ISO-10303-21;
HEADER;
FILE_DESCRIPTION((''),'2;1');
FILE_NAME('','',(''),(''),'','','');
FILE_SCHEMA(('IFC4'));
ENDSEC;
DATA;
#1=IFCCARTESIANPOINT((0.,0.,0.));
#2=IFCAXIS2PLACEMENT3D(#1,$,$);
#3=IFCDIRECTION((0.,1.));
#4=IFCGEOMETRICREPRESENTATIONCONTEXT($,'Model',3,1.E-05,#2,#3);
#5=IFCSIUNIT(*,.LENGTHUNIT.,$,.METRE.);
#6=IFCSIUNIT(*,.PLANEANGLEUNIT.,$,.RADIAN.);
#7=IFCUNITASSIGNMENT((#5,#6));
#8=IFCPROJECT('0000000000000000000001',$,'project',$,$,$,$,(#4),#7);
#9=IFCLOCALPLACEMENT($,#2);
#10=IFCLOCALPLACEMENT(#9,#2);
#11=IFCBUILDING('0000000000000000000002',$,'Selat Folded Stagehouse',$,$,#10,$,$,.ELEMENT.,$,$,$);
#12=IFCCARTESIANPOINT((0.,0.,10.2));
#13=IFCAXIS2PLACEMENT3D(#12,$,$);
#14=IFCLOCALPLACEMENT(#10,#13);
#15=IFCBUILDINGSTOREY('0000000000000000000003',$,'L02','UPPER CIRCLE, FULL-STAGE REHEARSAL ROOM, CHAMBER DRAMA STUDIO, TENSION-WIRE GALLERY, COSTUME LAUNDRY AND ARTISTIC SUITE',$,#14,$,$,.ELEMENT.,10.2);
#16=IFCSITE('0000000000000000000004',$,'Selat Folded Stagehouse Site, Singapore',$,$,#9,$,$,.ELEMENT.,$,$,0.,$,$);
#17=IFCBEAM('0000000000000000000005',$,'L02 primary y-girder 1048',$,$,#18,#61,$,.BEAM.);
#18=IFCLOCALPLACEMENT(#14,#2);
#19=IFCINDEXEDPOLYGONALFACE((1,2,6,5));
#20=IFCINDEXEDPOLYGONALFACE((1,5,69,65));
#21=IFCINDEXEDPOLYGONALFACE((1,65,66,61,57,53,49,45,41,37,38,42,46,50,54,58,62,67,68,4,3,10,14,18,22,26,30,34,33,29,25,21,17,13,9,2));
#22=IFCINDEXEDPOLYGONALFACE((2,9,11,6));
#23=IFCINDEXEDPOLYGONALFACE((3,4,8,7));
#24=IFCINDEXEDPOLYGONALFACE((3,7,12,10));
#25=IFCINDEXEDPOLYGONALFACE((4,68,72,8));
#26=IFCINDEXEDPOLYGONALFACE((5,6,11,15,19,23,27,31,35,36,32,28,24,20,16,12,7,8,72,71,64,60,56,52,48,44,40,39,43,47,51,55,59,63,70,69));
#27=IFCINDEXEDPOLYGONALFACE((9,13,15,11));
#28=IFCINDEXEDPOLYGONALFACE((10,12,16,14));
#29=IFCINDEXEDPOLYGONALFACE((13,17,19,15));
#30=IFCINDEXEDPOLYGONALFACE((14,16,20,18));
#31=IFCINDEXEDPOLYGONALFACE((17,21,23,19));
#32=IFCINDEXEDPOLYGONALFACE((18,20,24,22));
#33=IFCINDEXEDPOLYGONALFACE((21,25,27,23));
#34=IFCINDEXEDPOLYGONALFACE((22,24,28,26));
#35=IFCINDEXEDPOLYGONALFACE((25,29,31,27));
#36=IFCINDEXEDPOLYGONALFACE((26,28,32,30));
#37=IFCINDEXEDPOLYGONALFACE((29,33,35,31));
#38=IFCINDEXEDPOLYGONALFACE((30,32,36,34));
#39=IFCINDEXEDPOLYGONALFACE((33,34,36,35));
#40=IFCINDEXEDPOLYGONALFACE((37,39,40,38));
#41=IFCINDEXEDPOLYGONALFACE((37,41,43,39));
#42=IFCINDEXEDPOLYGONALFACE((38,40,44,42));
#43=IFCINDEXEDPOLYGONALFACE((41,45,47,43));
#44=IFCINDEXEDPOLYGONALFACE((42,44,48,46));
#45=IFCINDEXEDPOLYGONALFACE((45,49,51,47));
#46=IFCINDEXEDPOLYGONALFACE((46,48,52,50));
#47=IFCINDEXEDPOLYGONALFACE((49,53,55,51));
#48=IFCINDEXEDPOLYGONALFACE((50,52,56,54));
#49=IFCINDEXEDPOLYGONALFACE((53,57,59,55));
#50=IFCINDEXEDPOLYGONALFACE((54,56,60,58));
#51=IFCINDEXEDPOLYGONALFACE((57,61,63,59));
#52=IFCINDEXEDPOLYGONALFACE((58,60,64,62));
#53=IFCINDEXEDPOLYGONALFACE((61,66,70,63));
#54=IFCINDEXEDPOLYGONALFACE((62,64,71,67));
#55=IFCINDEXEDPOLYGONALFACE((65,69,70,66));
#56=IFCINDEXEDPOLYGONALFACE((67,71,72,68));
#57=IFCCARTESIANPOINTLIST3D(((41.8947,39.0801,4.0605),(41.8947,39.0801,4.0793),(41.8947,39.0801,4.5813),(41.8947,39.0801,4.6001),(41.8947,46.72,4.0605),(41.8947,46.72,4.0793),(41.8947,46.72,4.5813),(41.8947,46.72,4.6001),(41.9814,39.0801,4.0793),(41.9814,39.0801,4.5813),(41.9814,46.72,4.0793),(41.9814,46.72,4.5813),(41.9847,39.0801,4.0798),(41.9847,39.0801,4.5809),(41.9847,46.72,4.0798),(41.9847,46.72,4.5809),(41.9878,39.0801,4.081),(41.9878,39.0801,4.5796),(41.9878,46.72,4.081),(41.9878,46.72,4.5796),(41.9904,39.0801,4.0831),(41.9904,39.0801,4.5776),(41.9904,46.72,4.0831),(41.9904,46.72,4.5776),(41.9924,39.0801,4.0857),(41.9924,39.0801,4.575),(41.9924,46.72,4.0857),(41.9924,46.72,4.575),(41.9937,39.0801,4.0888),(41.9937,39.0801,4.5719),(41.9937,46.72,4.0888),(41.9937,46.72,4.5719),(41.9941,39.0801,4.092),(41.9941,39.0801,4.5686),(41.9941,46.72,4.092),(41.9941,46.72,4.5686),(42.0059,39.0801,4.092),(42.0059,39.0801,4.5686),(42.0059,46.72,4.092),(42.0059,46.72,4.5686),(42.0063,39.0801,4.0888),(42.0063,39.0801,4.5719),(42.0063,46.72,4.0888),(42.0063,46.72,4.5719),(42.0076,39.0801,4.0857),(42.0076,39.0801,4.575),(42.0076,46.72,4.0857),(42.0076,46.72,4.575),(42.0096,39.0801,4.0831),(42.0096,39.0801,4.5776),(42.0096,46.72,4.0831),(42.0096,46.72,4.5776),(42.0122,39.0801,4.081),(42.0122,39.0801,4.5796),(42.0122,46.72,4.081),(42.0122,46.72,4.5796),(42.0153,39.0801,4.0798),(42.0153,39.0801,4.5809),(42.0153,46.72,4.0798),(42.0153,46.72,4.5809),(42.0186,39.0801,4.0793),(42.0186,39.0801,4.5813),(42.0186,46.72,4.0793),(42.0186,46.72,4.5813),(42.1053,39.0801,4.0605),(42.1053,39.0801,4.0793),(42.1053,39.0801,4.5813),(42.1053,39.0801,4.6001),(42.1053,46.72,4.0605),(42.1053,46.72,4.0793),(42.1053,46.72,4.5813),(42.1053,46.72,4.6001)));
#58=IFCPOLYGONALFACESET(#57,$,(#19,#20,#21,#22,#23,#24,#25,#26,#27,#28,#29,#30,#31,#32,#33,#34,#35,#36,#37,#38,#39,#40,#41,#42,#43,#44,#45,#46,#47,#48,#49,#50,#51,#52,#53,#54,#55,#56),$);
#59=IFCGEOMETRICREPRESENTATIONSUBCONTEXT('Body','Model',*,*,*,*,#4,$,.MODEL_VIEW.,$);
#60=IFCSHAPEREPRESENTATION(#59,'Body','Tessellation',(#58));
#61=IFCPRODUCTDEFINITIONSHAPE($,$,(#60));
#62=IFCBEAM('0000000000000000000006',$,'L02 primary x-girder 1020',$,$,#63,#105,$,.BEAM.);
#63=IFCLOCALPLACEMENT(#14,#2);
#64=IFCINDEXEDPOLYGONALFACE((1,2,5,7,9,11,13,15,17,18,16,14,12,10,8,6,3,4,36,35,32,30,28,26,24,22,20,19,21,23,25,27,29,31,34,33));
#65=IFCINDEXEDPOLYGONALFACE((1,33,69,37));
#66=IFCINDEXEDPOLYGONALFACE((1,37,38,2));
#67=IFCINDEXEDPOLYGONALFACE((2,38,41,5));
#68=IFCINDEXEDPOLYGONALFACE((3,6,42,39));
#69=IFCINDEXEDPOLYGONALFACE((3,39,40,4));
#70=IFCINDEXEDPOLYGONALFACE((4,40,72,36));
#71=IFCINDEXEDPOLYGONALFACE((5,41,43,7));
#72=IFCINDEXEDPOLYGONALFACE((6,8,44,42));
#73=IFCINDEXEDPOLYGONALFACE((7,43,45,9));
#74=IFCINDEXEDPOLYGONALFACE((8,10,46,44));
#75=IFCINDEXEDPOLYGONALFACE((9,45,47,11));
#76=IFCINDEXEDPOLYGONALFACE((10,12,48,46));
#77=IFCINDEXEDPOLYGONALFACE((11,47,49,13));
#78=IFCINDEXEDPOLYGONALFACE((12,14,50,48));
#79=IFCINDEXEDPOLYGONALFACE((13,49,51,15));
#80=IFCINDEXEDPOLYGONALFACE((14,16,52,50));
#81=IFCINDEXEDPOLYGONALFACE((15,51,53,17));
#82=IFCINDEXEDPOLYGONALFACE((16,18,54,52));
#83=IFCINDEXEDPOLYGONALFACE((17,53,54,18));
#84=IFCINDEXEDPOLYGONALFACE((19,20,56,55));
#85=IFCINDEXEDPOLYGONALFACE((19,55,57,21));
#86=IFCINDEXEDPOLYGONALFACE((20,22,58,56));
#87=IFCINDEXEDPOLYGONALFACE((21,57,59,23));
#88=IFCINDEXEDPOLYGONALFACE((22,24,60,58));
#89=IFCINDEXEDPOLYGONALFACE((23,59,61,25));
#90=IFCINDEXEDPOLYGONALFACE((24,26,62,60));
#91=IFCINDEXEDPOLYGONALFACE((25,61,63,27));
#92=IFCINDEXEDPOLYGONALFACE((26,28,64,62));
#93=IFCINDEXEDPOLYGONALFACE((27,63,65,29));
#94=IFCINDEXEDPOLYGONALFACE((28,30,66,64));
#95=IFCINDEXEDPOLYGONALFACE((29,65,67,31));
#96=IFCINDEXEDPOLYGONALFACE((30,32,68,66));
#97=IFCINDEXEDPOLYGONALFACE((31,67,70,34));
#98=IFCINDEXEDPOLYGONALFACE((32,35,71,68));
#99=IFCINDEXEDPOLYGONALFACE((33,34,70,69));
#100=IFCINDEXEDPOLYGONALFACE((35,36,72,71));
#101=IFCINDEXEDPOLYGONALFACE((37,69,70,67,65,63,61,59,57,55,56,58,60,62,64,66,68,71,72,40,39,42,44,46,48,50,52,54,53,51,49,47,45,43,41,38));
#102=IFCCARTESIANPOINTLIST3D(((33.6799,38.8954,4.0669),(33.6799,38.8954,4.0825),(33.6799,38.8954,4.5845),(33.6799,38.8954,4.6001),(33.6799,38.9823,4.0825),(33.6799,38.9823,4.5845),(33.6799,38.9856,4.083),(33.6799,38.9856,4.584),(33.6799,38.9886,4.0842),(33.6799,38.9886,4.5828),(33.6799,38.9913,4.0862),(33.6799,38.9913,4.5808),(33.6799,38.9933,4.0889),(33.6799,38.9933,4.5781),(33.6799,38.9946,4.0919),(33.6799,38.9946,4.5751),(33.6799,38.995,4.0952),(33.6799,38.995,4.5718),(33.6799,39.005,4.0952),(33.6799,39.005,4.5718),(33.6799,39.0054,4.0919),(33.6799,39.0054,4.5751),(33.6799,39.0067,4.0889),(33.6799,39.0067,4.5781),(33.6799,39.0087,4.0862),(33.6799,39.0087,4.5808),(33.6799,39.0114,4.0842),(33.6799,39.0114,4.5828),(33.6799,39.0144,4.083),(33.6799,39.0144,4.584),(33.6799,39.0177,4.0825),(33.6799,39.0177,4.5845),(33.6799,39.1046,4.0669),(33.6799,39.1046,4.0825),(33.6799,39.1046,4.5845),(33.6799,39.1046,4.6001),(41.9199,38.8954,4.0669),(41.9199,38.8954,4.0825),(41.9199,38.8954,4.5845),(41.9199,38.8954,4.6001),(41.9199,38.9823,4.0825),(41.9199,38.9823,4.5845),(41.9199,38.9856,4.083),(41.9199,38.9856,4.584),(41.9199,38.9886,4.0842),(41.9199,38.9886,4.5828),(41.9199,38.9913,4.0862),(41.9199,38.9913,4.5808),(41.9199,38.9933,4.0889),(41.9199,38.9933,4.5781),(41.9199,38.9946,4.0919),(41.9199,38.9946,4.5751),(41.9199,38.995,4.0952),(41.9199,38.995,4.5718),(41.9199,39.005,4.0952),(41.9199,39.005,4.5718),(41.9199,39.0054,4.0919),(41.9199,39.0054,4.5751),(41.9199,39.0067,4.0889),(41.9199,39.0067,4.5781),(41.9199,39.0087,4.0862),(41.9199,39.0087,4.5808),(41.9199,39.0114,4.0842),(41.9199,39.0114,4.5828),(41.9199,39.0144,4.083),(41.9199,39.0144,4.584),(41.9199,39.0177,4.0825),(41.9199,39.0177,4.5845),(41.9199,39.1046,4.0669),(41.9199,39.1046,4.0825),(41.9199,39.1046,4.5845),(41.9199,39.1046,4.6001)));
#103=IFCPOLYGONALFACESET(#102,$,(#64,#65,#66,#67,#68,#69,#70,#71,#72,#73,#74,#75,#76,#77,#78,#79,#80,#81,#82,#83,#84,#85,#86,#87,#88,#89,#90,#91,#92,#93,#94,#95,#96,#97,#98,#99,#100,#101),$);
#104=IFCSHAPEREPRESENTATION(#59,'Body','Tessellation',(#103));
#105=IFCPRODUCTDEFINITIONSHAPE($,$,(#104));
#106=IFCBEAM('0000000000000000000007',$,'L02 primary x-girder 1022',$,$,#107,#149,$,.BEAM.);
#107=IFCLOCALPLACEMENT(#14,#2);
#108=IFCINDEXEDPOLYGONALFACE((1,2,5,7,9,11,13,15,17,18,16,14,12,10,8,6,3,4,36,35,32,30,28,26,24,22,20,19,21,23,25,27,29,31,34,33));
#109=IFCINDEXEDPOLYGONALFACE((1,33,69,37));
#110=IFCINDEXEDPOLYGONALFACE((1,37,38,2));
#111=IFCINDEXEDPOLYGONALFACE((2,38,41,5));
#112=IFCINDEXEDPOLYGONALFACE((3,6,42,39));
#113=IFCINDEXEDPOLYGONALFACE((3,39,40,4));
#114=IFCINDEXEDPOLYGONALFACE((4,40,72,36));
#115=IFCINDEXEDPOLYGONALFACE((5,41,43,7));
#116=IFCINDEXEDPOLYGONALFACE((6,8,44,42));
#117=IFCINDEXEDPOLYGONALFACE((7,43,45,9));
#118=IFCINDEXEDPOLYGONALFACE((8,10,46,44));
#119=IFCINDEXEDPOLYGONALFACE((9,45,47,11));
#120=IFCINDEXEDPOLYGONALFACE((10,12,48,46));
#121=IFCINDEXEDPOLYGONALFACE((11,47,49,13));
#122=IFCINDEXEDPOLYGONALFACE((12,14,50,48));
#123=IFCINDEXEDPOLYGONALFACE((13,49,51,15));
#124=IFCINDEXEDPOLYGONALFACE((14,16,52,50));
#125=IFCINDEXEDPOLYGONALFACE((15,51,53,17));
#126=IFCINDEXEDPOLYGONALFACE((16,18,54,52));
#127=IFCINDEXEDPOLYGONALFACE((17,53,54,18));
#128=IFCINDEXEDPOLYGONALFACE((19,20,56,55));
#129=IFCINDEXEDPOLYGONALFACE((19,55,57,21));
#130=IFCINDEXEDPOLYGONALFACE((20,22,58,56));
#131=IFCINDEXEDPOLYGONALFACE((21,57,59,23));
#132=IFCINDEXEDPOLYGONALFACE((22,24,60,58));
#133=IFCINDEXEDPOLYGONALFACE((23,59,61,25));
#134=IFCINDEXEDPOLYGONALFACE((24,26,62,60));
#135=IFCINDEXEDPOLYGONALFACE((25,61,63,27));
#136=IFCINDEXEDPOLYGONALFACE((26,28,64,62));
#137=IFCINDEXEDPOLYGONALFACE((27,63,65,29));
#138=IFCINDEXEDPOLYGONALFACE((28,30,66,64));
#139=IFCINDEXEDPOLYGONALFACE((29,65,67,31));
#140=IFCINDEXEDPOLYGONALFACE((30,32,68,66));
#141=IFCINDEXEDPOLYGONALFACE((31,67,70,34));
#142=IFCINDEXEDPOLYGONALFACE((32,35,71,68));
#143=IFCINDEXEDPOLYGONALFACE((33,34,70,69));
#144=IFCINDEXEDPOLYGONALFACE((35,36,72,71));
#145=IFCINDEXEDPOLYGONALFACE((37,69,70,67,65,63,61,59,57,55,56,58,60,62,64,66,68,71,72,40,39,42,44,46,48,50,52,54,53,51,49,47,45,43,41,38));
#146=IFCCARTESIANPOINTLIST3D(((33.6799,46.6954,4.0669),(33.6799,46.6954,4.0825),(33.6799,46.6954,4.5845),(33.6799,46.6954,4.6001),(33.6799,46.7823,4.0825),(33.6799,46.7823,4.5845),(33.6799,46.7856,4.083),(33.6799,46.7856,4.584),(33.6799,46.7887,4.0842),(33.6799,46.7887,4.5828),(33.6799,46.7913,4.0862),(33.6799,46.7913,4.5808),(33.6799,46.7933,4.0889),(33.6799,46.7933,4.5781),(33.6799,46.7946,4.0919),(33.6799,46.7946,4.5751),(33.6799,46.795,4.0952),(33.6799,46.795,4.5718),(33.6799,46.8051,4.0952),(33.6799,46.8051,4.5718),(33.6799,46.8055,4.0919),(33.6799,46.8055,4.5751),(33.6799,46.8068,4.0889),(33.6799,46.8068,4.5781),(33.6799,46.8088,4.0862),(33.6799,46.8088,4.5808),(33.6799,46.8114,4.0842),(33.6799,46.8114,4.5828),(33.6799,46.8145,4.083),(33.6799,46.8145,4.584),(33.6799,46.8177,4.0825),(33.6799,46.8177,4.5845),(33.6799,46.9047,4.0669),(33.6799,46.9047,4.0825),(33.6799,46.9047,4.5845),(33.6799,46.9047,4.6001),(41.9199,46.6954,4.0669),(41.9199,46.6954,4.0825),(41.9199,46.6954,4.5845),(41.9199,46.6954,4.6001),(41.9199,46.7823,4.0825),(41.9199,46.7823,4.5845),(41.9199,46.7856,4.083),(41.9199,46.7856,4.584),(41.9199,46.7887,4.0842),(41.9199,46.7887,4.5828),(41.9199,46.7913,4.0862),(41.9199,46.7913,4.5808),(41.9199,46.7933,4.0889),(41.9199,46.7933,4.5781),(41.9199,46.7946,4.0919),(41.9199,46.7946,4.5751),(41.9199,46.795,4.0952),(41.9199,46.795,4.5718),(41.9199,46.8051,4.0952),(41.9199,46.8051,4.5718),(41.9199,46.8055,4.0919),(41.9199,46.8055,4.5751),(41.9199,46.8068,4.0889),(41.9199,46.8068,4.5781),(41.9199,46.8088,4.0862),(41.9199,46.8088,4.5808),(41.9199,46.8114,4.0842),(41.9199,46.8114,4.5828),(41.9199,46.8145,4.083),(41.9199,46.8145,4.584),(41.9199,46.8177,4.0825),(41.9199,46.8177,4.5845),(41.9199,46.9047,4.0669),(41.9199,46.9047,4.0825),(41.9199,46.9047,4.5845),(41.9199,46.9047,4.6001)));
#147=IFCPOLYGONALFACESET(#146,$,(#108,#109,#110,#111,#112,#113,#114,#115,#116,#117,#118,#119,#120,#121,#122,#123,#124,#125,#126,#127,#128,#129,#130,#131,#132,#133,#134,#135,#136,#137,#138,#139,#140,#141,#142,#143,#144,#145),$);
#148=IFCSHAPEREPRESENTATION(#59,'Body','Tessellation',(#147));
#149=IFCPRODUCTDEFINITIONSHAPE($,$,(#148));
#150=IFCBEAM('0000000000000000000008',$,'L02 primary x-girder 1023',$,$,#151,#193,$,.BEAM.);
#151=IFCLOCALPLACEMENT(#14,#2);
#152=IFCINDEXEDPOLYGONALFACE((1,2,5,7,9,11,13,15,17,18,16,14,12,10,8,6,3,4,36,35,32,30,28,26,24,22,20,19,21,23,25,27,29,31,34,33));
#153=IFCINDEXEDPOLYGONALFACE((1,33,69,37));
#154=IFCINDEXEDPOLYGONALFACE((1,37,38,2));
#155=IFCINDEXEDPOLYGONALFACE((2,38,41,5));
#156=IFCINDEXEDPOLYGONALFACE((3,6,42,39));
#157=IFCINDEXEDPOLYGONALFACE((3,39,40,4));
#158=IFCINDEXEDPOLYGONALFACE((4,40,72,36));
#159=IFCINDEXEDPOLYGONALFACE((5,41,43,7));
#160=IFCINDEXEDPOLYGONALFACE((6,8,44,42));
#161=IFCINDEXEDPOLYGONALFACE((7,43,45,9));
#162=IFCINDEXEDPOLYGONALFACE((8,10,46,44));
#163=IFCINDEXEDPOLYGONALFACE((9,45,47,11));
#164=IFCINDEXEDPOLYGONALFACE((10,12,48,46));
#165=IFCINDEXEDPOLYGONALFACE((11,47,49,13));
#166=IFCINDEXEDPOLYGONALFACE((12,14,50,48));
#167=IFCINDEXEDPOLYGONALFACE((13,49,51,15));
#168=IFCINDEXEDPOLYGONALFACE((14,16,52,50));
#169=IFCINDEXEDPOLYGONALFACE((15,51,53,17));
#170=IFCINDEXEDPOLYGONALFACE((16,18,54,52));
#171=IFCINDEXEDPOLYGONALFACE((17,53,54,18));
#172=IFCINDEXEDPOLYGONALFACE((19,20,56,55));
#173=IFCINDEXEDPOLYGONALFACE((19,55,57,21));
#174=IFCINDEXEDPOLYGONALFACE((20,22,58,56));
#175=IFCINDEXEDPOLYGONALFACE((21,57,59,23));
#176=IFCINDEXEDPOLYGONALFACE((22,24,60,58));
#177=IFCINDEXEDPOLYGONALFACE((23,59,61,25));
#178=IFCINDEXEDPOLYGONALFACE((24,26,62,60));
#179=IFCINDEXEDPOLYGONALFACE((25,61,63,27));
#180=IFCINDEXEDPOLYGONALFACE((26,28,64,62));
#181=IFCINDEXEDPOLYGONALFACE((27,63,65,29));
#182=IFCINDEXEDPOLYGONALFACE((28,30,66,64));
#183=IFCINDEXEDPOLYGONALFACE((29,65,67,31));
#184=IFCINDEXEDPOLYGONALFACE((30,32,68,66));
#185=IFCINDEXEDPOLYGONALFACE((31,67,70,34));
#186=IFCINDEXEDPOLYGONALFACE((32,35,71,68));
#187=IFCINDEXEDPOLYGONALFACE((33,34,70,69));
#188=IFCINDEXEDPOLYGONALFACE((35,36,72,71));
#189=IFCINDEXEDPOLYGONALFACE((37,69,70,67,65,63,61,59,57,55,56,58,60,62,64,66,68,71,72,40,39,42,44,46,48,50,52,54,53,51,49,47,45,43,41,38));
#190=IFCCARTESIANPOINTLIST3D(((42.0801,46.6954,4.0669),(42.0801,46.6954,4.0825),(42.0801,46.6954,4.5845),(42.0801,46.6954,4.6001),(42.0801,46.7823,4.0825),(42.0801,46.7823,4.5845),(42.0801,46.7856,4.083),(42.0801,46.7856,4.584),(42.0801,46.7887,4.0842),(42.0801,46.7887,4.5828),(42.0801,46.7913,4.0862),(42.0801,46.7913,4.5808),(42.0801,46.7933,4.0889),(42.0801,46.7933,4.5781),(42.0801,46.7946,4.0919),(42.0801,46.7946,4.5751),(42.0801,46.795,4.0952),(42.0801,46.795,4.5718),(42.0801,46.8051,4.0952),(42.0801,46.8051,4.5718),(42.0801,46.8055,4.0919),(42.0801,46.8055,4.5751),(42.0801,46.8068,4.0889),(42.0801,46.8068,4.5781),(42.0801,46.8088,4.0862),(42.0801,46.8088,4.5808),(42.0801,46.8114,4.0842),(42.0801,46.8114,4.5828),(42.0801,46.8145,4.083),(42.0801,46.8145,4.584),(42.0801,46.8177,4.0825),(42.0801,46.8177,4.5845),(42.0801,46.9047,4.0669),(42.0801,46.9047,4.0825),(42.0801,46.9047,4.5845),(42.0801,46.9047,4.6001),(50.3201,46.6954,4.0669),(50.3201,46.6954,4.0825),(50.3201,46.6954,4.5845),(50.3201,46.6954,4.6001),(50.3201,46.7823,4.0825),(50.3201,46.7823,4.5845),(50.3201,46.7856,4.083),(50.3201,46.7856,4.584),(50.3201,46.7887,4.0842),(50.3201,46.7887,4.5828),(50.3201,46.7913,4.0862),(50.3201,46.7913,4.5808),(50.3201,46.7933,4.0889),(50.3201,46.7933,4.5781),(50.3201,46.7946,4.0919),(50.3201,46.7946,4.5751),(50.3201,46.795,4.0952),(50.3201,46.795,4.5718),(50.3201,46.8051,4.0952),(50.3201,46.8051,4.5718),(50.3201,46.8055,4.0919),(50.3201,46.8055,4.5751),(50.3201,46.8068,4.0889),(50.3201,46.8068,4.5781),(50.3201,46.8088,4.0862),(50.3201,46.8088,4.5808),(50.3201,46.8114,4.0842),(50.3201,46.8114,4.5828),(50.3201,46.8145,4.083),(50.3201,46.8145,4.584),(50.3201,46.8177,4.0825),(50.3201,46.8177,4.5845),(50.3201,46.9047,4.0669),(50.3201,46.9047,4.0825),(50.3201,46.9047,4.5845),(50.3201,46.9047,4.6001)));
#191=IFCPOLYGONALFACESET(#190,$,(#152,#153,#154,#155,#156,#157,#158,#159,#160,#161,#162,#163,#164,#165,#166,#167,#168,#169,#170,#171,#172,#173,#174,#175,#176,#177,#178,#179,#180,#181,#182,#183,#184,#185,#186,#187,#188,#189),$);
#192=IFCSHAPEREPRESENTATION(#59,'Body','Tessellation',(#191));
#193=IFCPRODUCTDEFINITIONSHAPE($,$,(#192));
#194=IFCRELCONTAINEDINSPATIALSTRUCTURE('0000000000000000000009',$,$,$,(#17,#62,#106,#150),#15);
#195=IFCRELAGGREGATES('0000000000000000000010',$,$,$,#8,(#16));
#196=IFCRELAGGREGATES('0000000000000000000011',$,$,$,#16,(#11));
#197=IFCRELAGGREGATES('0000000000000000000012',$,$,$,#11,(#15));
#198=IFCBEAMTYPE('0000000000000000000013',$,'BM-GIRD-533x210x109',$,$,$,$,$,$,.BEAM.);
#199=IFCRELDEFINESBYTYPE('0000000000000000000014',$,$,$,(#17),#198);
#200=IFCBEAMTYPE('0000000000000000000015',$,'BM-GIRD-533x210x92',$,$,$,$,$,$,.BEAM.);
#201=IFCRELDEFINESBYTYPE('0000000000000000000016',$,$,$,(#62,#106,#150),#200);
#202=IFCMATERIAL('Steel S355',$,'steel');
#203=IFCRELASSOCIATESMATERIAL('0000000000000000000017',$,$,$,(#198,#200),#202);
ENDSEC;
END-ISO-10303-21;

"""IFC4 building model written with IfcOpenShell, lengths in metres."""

from ifc_helpers import new_model, si_unit, direction, frame, origin, origin_2d, place, context, subcontext, project, spatial, i_section, extrude, material, material_profile, profile_set, type_object, element, save


model = new_model("IFC4")

# Units and contexts
model_context = context("Model", 3, precision=1e-05, world=origin(), true_north=direction((0.0, 1.0)))
body_context = subcontext(model_context, "Body", "Model", "MODEL_VIEW")
ifc_project = project(units=[si_unit("LENGTHUNIT", "METRE"), si_unit("PLANEANGLEUNIT", "RADIAN")], contexts=[model_context])

# Site, building, storey
site_placement = place(None, origin())
site = spatial("IfcSite", under=ifc_project, at=site_placement, Name="Selat Folded Stagehouse Site, Singapore", CompositionType="ELEMENT", RefElevation=0.0)
building_placement = place(site_placement, origin())
building = spatial("IfcBuilding", under=site, at=building_placement, Name="Selat Folded Stagehouse", CompositionType="ELEMENT")
storey_placement = place(building_placement, frame((0.0, 0.0, 10.2)))
storey = spatial("IfcBuildingStorey", under=building, at=storey_placement, Name="L02", Description="UPPER CIRCLE, FULL-STAGE REHEARSAL ROOM, CHAMBER DRAMA STUDIO, TENSION-WIRE GALLERY, COSTUME LAUNDRY AND ARTISTIC SUITE", CompositionType="ELEMENT", Elevation=10.2)

# Shared definitions
ifc_material_1 = material(Name="Steel S355", Category="steel")

# Beams
ifc_material_profile_1 = material_profile(ifc_material_1, i_section(OverallWidth=0.2107, OverallDepth=0.5396, WebThickness=0.0117, FlangeThickness=0.0188, FilletRadius=0.0127, at=origin_2d()), Name="UKB 533x210x109")
ifc_profile_set_1 = profile_set([ifc_material_profile_1], Name="Steel S355")
beam_type_1 = type_object("IfcBeamType", Name="BM-GIRD-533x210x109", PredefinedType="BEAM", material=ifc_profile_set_1)
for number, where, z_axis, x_axis, name in (
    (1, (42.0, 39.0801, 4.3303), (0.0, 1.0, 0.0), (-1.0, 0.0, 0.0), "L02 primary y-girder 1048"),
):
    element("IfcBeam", number, at=place(storey_placement, frame(where, z_axis=z_axis, x_axis=x_axis)), inside=storey, type_object=beam_type_1, Name=name, PredefinedType="BEAM", context=body_context, shape_type="SweptSolid", body=[
        extrude(i_section(OverallWidth=0.2107, OverallDepth=0.5396, WebThickness=0.0117, FlangeThickness=0.0188, FilletRadius=0.0127, at=origin_2d()), origin(), (0.0, 0.0, 1.0), 7.6399),
    ])
ifc_material_profile_2 = material_profile(ifc_material_1, i_section(OverallWidth=0.2092, OverallDepth=0.5332, WebThickness=0.01, FlangeThickness=0.0156, FilletRadius=0.0127, at=origin_2d()), Name="UKB 533x210x92")
ifc_profile_set_2 = profile_set([ifc_material_profile_2], Name="Steel S355")
beam_type_2 = type_object("IfcBeamType", Name="BM-GIRD-533x210x92", PredefinedType="BEAM", material=ifc_profile_set_2)
for number, where, z_axis, x_axis, name in (
    (2, (33.6799, 39.0, 4.3335), (1.0, 0.0, 0.0), (0.0, 1.0, 0.0), "L02 primary x-girder 1020"),
    (3, (33.6799, 46.8, 4.3335), (1.0, 0.0, 0.0), (0.0, 1.0, 0.0), "L02 primary x-girder 1022"),
    (4, (42.0801, 46.8, 4.3335), (1.0, 0.0, 0.0), (0.0, 1.0, 0.0), "L02 primary x-girder 1023"),
):
    element("IfcBeam", number, at=place(storey_placement, frame(where, z_axis=z_axis, x_axis=x_axis)), inside=storey, type_object=beam_type_2, Name=name, PredefinedType="BEAM", context=body_context, shape_type="SweptSolid", body=[
        extrude(i_section(OverallWidth=0.2092, OverallDepth=0.5332, WebThickness=0.01, FlangeThickness=0.0156, FilletRadius=0.0127, at=origin_2d()), origin(), (0.0, 0.0, 1.0), 8.24),
    ])

save(model, "model.ifc")
